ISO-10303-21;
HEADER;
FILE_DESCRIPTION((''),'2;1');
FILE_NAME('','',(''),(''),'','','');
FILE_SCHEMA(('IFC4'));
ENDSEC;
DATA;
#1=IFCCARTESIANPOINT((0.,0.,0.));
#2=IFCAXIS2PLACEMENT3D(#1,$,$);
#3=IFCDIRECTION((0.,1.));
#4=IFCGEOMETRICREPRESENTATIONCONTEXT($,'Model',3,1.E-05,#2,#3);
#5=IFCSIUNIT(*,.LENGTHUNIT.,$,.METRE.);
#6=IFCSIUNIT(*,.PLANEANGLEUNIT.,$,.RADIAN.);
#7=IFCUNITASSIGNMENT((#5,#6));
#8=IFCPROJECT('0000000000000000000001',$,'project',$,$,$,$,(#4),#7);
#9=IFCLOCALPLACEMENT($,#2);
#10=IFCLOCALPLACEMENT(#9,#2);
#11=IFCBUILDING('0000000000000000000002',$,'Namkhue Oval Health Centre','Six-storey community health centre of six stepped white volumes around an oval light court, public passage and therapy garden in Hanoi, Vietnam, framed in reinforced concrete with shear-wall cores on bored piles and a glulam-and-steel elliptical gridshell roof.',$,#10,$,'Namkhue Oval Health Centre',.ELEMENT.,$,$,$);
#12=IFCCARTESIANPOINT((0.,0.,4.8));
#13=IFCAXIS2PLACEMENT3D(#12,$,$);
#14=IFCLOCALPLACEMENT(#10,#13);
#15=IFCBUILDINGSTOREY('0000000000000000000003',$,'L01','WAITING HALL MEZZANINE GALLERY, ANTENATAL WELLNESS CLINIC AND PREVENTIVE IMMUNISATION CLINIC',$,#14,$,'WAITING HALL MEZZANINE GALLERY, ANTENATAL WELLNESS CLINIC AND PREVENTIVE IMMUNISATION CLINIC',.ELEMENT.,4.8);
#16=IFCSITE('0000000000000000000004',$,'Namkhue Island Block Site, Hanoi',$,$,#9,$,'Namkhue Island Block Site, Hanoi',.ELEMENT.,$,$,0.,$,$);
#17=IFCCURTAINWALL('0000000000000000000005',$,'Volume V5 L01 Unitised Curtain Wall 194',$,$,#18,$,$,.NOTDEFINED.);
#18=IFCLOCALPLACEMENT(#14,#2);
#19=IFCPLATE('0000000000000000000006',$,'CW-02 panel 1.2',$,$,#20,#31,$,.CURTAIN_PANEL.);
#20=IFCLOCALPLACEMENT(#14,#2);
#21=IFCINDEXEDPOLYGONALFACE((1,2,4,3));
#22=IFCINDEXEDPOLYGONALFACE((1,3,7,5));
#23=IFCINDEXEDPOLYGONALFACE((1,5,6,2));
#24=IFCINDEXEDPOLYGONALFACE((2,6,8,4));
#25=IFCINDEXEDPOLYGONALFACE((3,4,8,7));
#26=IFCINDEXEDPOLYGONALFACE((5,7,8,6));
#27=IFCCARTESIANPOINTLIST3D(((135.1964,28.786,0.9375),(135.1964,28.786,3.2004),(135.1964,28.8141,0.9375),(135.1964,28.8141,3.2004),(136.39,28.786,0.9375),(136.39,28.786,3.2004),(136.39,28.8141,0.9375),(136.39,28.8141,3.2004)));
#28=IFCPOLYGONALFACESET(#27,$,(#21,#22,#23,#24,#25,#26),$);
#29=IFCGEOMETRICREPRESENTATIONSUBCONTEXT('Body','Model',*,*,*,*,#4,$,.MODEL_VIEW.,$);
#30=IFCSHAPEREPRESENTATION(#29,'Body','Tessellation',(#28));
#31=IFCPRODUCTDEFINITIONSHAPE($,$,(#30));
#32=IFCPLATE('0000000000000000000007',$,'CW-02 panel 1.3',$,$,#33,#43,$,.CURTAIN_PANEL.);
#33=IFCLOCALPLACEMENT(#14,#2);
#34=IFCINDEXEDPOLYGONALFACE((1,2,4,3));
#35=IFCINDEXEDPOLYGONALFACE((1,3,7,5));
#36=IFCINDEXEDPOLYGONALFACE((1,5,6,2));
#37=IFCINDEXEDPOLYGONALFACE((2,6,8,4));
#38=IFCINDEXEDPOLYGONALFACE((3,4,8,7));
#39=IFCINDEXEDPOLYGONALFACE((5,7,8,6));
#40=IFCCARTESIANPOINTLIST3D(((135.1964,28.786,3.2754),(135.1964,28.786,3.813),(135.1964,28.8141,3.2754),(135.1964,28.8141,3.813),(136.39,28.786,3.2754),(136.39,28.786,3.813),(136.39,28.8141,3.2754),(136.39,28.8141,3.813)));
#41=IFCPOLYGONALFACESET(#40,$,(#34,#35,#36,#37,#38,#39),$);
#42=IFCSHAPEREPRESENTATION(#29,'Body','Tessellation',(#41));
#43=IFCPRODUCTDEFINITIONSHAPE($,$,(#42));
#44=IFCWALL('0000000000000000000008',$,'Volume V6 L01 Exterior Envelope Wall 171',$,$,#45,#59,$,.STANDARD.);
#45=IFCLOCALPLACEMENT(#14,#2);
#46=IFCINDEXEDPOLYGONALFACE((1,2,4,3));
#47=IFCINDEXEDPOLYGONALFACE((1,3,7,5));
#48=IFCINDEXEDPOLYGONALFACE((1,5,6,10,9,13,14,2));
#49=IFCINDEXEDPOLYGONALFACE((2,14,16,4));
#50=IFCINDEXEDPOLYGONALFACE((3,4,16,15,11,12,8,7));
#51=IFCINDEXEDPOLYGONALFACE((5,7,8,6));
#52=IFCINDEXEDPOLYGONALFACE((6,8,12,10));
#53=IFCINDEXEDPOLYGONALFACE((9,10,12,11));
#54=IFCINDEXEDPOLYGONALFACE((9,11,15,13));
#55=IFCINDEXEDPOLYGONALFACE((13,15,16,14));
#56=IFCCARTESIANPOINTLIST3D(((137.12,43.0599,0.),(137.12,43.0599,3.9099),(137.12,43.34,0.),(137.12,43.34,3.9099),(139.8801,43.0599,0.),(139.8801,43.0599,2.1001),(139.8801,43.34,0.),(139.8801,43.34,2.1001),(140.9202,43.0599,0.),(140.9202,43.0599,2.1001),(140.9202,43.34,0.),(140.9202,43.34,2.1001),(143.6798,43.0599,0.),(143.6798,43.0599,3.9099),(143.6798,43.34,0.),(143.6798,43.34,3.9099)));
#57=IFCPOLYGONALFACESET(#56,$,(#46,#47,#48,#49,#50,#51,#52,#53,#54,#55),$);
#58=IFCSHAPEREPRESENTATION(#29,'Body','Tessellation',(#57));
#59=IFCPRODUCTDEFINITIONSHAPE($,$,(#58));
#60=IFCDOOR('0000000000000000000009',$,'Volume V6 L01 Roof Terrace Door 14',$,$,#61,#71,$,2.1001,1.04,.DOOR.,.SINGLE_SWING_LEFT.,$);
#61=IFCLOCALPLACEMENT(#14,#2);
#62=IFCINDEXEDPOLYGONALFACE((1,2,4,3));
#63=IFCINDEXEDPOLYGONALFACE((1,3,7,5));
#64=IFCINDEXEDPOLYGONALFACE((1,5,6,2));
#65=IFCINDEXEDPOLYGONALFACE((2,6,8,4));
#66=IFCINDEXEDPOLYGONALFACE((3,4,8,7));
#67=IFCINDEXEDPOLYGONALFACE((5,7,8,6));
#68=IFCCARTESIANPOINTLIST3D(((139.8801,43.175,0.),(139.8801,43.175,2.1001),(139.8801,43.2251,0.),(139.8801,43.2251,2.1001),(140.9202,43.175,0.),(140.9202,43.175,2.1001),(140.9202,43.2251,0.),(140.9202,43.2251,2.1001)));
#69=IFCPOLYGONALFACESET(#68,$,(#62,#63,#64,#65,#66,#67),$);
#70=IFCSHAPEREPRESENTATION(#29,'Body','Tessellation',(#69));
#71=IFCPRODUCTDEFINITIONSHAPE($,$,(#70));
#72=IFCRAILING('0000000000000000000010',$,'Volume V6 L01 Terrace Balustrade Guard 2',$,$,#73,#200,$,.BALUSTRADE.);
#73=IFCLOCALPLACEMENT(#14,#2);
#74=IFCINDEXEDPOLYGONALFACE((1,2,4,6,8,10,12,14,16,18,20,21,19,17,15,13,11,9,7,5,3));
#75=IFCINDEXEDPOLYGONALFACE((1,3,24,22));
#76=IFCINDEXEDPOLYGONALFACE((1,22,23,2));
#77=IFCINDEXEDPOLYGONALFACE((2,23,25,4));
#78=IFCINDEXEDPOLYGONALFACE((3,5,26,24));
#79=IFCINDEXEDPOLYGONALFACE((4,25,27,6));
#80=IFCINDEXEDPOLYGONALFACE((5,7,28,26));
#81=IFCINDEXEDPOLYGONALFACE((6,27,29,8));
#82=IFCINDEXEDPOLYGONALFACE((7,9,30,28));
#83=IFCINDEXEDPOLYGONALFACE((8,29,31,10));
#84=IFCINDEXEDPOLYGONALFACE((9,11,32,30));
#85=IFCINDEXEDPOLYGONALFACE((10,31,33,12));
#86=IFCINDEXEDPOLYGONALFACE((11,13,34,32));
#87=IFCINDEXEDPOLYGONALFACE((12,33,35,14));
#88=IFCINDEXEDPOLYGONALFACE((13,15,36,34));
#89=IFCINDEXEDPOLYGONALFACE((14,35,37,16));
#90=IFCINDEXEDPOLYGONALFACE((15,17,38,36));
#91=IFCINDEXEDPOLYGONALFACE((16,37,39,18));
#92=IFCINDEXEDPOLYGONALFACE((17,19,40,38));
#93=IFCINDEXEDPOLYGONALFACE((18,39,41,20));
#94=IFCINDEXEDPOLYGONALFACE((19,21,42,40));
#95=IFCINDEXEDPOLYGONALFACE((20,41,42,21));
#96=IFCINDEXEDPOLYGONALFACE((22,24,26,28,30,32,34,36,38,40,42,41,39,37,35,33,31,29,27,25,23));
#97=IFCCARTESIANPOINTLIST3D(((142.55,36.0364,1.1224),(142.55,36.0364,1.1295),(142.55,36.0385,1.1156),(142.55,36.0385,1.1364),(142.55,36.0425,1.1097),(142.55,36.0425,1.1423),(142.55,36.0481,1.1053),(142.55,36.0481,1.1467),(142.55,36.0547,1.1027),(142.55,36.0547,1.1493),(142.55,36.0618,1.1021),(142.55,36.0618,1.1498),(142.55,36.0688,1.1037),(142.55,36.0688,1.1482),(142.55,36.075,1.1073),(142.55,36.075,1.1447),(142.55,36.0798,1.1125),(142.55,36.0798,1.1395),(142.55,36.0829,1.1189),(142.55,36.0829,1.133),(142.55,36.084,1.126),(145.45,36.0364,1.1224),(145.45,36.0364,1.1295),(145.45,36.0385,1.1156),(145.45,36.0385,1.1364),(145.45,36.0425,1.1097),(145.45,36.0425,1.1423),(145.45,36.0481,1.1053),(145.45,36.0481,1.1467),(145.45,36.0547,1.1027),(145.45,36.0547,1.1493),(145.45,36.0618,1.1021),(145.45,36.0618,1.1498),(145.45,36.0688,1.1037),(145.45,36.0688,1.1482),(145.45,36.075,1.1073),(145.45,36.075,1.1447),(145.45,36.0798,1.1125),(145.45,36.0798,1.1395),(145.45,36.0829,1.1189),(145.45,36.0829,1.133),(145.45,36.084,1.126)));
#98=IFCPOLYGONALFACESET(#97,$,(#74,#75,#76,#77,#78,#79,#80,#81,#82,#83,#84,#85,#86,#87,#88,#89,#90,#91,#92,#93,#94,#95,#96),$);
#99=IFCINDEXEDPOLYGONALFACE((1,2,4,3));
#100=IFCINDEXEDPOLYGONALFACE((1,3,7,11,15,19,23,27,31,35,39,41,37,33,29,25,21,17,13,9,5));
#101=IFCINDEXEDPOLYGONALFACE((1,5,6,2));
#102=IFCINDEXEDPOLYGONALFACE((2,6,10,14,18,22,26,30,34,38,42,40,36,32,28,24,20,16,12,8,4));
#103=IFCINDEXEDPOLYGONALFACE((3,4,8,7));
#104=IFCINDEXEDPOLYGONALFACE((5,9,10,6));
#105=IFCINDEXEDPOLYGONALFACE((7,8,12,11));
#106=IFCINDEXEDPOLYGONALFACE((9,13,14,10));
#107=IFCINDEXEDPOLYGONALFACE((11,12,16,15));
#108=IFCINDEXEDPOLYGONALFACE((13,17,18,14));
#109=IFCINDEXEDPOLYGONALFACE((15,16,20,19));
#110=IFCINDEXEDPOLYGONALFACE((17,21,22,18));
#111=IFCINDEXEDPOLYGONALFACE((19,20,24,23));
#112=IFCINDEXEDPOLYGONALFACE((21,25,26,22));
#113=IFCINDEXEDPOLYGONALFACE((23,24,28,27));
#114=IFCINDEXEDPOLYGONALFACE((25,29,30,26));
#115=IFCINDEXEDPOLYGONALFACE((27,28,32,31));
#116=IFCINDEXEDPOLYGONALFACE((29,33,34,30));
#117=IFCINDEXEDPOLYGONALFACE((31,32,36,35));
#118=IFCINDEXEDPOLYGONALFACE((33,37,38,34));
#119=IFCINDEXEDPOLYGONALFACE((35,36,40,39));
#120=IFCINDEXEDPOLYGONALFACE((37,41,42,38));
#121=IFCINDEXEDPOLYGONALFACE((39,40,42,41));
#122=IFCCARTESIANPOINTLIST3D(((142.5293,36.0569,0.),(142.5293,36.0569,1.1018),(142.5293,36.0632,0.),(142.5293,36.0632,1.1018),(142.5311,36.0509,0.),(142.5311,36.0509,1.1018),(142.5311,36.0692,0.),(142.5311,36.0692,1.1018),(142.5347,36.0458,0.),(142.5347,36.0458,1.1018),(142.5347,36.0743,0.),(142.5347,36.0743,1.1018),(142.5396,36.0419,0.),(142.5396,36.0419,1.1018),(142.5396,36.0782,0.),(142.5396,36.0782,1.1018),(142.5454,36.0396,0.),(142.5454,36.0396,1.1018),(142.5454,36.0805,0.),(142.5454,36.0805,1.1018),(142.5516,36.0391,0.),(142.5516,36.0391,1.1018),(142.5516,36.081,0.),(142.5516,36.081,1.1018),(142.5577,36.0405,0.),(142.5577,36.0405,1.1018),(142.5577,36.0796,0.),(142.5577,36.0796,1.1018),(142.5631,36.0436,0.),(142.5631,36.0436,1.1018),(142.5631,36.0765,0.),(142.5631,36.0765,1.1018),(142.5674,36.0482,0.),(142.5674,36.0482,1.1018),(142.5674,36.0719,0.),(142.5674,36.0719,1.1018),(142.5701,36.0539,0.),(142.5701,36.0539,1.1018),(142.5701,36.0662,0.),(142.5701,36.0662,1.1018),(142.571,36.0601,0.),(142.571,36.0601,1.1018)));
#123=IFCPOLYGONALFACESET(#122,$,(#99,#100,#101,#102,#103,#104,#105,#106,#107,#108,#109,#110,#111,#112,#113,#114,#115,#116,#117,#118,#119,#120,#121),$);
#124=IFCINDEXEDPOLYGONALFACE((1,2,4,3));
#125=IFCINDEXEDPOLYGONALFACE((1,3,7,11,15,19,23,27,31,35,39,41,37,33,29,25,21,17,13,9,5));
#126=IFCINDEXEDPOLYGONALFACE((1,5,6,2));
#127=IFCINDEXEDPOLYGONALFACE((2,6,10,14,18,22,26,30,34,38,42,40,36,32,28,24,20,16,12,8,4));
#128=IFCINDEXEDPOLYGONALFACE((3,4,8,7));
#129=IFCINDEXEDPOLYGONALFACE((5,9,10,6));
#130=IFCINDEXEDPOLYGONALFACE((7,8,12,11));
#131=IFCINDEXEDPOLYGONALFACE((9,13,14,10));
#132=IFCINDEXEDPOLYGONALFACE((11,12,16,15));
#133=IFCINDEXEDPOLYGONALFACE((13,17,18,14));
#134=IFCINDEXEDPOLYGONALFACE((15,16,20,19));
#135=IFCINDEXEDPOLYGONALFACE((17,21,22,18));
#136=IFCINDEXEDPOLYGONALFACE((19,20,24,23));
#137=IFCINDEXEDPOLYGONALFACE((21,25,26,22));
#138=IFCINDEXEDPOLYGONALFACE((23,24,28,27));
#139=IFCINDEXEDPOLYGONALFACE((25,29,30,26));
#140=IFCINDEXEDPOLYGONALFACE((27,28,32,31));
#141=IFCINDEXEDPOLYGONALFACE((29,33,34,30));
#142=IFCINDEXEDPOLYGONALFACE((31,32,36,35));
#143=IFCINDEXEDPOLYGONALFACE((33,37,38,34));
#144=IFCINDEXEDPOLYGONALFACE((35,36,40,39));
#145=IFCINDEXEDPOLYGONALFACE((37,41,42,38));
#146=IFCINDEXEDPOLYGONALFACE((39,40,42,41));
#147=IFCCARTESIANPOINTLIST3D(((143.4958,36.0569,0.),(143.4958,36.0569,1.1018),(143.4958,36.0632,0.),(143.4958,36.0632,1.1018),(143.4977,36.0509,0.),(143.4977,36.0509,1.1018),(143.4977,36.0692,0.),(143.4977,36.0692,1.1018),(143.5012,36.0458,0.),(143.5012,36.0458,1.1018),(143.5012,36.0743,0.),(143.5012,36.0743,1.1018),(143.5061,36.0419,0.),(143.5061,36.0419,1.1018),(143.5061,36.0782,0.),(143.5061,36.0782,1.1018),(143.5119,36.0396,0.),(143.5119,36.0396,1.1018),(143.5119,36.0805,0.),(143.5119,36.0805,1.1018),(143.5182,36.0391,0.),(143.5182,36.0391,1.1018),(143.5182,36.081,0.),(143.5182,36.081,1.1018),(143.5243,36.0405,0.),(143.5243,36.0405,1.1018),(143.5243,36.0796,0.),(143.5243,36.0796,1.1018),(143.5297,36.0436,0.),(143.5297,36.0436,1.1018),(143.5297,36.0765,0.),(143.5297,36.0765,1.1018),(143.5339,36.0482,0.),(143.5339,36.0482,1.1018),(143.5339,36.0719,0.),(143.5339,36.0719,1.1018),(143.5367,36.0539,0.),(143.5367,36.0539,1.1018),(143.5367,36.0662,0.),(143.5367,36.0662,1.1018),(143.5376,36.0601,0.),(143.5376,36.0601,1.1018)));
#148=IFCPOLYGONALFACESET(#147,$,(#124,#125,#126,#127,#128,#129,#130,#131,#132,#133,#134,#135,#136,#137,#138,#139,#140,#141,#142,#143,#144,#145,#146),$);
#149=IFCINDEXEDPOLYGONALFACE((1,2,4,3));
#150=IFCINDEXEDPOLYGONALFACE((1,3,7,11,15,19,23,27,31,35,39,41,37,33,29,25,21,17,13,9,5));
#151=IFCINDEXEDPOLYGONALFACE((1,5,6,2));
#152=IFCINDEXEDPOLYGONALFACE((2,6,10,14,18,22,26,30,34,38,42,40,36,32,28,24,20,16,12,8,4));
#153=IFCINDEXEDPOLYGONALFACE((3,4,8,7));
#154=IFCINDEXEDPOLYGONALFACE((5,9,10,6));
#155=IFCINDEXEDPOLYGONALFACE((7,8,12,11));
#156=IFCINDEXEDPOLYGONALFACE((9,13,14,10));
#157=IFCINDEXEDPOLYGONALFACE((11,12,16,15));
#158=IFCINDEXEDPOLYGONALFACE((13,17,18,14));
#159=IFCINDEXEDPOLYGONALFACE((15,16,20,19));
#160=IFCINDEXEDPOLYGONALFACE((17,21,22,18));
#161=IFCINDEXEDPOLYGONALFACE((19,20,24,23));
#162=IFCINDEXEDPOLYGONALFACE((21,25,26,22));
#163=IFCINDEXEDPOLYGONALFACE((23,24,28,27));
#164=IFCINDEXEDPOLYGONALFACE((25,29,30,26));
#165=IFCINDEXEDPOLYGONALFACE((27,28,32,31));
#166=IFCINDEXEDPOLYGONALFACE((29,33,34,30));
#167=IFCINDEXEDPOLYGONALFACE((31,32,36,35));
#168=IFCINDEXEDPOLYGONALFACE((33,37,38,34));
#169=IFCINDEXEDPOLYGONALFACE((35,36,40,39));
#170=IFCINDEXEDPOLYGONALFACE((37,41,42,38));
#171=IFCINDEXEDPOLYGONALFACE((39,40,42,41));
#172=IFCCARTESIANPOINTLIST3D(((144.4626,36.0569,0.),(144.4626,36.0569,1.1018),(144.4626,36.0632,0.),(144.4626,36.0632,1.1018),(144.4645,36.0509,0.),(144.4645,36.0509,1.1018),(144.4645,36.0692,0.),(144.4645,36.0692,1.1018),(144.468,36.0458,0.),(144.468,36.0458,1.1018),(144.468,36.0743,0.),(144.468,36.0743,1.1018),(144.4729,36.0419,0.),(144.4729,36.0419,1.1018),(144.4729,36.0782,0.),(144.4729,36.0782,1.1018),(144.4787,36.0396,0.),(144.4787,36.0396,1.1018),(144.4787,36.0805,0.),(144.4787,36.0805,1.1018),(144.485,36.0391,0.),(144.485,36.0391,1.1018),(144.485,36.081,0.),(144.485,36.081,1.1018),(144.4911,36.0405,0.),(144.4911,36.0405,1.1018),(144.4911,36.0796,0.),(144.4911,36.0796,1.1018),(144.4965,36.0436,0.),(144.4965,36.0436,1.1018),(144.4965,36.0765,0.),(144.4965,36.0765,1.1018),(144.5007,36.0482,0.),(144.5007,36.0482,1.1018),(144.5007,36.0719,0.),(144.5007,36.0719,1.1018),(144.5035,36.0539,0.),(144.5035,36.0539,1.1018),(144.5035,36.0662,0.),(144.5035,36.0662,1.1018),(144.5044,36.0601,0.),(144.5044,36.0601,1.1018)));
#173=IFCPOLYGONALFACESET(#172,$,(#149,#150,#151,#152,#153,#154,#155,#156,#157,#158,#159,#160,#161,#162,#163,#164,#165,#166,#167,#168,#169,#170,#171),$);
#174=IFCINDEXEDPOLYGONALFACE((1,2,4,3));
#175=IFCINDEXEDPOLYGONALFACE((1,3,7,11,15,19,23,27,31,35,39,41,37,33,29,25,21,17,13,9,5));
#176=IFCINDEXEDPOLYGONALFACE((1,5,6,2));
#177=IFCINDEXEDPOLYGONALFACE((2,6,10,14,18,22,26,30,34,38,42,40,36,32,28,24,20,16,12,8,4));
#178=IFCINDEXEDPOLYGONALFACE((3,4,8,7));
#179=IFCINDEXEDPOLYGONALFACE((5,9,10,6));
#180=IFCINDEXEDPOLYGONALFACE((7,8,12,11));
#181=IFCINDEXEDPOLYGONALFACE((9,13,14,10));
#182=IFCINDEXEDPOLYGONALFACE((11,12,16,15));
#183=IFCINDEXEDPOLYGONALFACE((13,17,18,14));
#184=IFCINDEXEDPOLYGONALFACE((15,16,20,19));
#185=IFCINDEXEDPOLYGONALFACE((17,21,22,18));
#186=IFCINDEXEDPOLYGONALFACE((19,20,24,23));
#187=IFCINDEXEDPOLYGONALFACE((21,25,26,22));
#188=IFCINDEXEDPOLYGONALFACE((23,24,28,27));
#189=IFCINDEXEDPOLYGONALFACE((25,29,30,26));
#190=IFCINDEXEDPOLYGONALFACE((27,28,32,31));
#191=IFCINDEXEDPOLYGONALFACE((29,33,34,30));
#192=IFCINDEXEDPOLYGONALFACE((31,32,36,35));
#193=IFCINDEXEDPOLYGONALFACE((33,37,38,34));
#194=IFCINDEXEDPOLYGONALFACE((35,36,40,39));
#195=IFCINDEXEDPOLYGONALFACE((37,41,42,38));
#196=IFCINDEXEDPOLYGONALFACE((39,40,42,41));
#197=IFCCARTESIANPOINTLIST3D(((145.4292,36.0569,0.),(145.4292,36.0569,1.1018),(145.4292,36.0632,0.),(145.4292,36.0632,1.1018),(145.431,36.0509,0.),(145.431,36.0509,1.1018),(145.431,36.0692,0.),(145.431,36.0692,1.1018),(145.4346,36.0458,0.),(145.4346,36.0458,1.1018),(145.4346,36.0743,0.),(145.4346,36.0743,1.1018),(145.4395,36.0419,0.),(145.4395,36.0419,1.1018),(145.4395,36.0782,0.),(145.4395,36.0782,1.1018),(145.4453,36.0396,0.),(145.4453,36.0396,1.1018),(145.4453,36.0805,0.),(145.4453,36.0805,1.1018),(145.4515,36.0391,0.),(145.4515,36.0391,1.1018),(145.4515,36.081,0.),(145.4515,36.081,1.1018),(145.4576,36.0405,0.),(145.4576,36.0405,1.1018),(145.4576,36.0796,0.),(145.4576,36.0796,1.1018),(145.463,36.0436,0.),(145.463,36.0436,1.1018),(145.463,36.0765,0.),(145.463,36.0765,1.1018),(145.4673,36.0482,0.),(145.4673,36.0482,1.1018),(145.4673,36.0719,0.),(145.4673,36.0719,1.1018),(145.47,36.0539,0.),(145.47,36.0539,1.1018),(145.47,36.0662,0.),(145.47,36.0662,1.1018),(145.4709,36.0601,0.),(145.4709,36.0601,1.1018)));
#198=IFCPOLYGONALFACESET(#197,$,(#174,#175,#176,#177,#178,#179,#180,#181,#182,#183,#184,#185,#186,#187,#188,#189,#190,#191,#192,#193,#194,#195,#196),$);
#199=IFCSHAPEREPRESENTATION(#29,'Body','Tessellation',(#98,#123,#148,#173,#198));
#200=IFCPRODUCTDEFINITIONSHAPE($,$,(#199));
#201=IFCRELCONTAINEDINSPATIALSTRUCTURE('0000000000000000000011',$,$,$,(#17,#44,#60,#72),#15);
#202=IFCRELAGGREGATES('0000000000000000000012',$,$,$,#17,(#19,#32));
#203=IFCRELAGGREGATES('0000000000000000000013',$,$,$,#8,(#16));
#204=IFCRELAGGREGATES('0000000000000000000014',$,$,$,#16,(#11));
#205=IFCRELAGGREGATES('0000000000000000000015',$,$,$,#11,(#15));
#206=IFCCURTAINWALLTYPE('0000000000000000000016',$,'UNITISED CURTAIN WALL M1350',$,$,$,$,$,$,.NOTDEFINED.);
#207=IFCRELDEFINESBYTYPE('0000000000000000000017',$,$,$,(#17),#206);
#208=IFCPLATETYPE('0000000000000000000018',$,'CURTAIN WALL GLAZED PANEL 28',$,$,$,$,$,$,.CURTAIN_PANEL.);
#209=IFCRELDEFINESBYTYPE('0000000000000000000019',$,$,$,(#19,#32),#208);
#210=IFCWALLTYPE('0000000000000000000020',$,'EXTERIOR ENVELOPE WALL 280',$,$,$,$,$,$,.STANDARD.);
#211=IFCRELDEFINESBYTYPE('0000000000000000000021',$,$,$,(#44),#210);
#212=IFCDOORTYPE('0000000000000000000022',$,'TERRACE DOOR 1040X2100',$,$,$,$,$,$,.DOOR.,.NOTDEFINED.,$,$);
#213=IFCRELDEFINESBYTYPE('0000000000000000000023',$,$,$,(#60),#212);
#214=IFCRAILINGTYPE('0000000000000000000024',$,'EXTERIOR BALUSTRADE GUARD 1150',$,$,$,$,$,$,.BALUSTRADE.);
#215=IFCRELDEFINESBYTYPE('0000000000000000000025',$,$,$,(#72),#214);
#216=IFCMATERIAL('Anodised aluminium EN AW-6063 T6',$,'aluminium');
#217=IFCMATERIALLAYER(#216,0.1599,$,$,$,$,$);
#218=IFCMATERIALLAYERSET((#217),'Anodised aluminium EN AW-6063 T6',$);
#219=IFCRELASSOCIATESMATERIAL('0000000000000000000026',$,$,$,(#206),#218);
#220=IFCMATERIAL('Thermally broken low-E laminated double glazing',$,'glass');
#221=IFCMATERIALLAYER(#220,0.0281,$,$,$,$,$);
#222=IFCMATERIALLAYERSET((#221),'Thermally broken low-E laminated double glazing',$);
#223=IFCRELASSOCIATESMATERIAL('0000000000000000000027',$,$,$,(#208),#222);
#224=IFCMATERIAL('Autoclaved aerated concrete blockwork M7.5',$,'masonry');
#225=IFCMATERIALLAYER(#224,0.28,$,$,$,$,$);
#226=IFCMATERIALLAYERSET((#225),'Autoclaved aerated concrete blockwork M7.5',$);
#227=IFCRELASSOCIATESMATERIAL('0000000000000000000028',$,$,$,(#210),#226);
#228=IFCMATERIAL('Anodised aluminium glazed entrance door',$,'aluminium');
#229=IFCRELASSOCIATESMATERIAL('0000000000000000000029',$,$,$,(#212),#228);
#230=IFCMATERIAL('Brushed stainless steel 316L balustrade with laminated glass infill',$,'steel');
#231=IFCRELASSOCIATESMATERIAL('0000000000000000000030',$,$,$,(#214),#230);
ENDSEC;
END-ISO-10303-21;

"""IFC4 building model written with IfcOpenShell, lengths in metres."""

from ifc_helpers import new_model, si_unit, direction, frame, frame_2d, origin, origin_2d, place, context, subcontext, project, spatial, rectangle, circle, extrude, material, layer, layer_set, type_object, element, fill, aggregate, save


model = new_model("IFC4")

# Units and contexts
model_context = context("Model", 3, precision=1e-05, world=origin(), true_north=direction((0.0, 1.0)))
body_context = subcontext(model_context, "Body", "Model", "MODEL_VIEW")
ifc_project = project(units=[si_unit("LENGTHUNIT", "METRE"), si_unit("PLANEANGLEUNIT", "RADIAN")], contexts=[model_context])

# Site, building, storey
site_placement = place(None, origin())
site = spatial("IfcSite", under=ifc_project, at=site_placement, Name="Namkhue Island Block Site, Hanoi", LongName="Namkhue Island Block Site, Hanoi", CompositionType="ELEMENT", RefElevation=0.0)
building_placement = place(site_placement, origin())
building = spatial("IfcBuilding", under=site, at=building_placement, Name="Namkhue Oval Health Centre", Description="Six-storey community health centre of six stepped white volumes around an oval light court, public passage and therapy garden in Hanoi, Vietnam, framed in reinforced concrete with shear-wall cores on bored piles and a glulam-and-steel elliptical gridshell roof.", LongName="Namkhue Oval Health Centre", CompositionType="ELEMENT")
storey_placement = place(building_placement, frame((0.0, 0.0, 4.8)))
storey = spatial("IfcBuildingStorey", under=building, at=storey_placement, Name="L01", Description="WAITING HALL MEZZANINE GALLERY, ANTENATAL WELLNESS CLINIC AND PREVENTIVE IMMUNISATION CLINIC", LongName="WAITING HALL MEZZANINE GALLERY, ANTENATAL WELLNESS CLINIC AND PREVENTIVE IMMUNISATION CLINIC", CompositionType="ELEMENT", Elevation=4.8)

# Curtain wall
ifc_material_1 = material(Name="Anodised aluminium EN AW-6063 T6", Category="aluminium")
ifc_layer_1 = layer(ifc_material_1, 0.1599)
ifc_layer_set_1 = layer_set([ifc_layer_1], Name="Anodised aluminium EN AW-6063 T6")
curtain_wall_type = type_object("IfcCurtainWallType", Name="UNITISED CURTAIN WALL M1350", PredefinedType="NOTDEFINED", material=ifc_layer_set_1)
curtain_wall_placement = place(storey_placement, origin())
curtain_wall = element("IfcCurtainWall", 1, at=curtain_wall_placement, inside=storey, type_object=curtain_wall_type, Name="Volume V5 L01 Unitised Curtain Wall 194", PredefinedType="NOTDEFINED")

# Plates
ifc_material_2 = material(Name="Thermally broken low-E laminated double glazing", Category="glass")
ifc_layer_2 = layer(ifc_material_2, 0.0281)
ifc_layer_set_2 = layer_set([ifc_layer_2], Name="Thermally broken low-E laminated double glazing")
plate_type = type_object("IfcPlateType", Name="CURTAIN WALL GLAZED PANEL 28", PredefinedType="CURTAIN_PANEL", material=ifc_layer_set_2)
plate_1_placement = place(storey_placement, frame((135.7932, 28.8, 0.9375), z_axis=(0.0, 0.0, 1.0), x_axis=(-1.0, 0.0, 0.0)))
plate_1 = element("IfcPlate", 2, at=plate_1_placement, type_object=plate_type, Name="CW-02 panel 1.2", PredefinedType="CURTAIN_PANEL", context=body_context, shape_type="SweptSolid", body=[
    extrude(rectangle(XDim=1.1936, YDim=0.0281, at=origin_2d()), origin(), (0.0, 0.0, 1.0), 2.2629),
])
plate_2_placement = place(storey_placement, frame((135.7932, 28.8, 3.2754), z_axis=(0.0, 0.0, 1.0), x_axis=(-1.0, 0.0, 0.0)))
plate_2 = element("IfcPlate", 3, at=plate_2_placement, type_object=plate_type, Name="CW-02 panel 1.3", PredefinedType="CURTAIN_PANEL", context=body_context, shape_type="SweptSolid", body=[
    extrude(rectangle(XDim=1.1936, YDim=0.0281, at=origin_2d()), origin(), (0.0, 0.0, 1.0), 0.5376),
])
aggregate(curtain_wall, [plate_1, plate_2])

# Wall, opening, door
ifc_material_3 = material(Name="Autoclaved aerated concrete blockwork M7.5", Category="masonry")
ifc_layer_3 = layer(ifc_material_3, 0.28)
ifc_layer_set_3 = layer_set([ifc_layer_3], Name="Autoclaved aerated concrete blockwork M7.5")
wall_type = type_object("IfcWallType", Name="EXTERIOR ENVELOPE WALL 280", PredefinedType="STANDARD", material=ifc_layer_set_3)
wall_placement = place(storey_placement, frame((137.1201, 43.2, 0.0), z_axis=(0.0, 0.0, 1.0), x_axis=(1.0, 0.0, 0.0)))
wall = element("IfcWall", 4, at=wall_placement, inside=storey, type_object=wall_type, Name="Volume V6 L01 Exterior Envelope Wall 171", PredefinedType="STANDARD", context=body_context, shape_type="SweptSolid", body=[
    extrude(rectangle(XDim=6.5598, YDim=0.28, at=frame_2d((3.2798, 0.0))), origin(), (0.0, 0.0, 1.0), 3.9099),
])
opening_placement = place(wall_placement, frame((2.76, 0.0, 0.0)))
opening = element("IfcOpeningElement", 5, at=opening_placement, cuts=wall, PredefinedType="OPENING", context=body_context, shape_type="SweptSolid", body=[
    extrude(rectangle(XDim=1.04, YDim=2.1001, at=frame_2d((0.52, 1.05))), frame((0.0, 0.1499, 0.0), z_axis=(0.0, -1.0, 0.0), x_axis=(1.0, 0.0, 0.0)), (0.0, 0.0, 1.0), 0.3),
])
ifc_material_4 = material(Name="Anodised aluminium glazed entrance door", Category="aluminium")
door_type = type_object("IfcDoorType", Name="TERRACE DOOR 1040X2100", OperationType="NOTDEFINED", PredefinedType="DOOR", material=ifc_material_4)
door_placement = place(opening_placement, frame((1.04, 0.0, 0.0), z_axis=(0.0, 0.0, 1.0), x_axis=(-1.0, 0.0, 0.0)))
door = element("IfcDoor", 6, at=door_placement, inside=storey, type_object=door_type, Name="Volume V6 L01 Roof Terrace Door 14", OperationType="SINGLE_SWING_LEFT", OverallHeight=2.1001, OverallWidth=1.04, PredefinedType="DOOR", context=body_context, shape_type="SweptSolid", body=[
    extrude(rectangle(XDim=1.04, YDim=2.1001, at=frame_2d((0.52, 1.05))), frame((0.0, 0.0249, 0.0), z_axis=(0.0, -1.0, 0.0), x_axis=(1.0, 0.0, 0.0)), (0.0, 0.0, 1.0), 0.05),
])
fill(opening, door)

# Railing
ifc_material_5 = material(Name="Brushed stainless steel 316L balustrade with laminated glass infill", Category="steel")
railing_type = type_object("IfcRailingType", Name="EXTERIOR BALUSTRADE GUARD 1150", PredefinedType="BALUSTRADE", material=ifc_material_5)
railing_1_placement = place(storey_placement, frame((142.55, 36.0601, 0.0)))
element("IfcRailing", 7, at=railing_1_placement, inside=storey, type_object=railing_type, Name="Volume V6 L01 Terrace Balustrade Guard 2", PredefinedType="BALUSTRADE", context=body_context, shape_type="SweptSolid", body=[
    extrude(circle(Radius=0.0239, at=origin_2d()), frame((0.0, 0.0, 1.126), z_axis=(1.0, 0.0, 0.0), x_axis=(0.0, 1.0, 0.0)), (0.0, 0.0, 1.0), 2.8999),
    extrude(circle(Radius=0.021, at=origin_2d()), origin(), (0.0, 0.0, 1.0), 1.1018),
    extrude(circle(Radius=0.021, at=origin_2d()), frame((0.9666, 0.0, 0.0)), (0.0, 0.0, 1.0), 1.1018),
    extrude(circle(Radius=0.021, at=origin_2d()), frame((1.9333, 0.0, 0.0)), (0.0, 0.0, 1.0), 1.1018),
    extrude(circle(Radius=0.021, at=origin_2d()), frame((2.8999, 0.0, 0.0)), (0.0, 0.0, 1.0), 1.1018),
])

save(model, "model.ifc")
